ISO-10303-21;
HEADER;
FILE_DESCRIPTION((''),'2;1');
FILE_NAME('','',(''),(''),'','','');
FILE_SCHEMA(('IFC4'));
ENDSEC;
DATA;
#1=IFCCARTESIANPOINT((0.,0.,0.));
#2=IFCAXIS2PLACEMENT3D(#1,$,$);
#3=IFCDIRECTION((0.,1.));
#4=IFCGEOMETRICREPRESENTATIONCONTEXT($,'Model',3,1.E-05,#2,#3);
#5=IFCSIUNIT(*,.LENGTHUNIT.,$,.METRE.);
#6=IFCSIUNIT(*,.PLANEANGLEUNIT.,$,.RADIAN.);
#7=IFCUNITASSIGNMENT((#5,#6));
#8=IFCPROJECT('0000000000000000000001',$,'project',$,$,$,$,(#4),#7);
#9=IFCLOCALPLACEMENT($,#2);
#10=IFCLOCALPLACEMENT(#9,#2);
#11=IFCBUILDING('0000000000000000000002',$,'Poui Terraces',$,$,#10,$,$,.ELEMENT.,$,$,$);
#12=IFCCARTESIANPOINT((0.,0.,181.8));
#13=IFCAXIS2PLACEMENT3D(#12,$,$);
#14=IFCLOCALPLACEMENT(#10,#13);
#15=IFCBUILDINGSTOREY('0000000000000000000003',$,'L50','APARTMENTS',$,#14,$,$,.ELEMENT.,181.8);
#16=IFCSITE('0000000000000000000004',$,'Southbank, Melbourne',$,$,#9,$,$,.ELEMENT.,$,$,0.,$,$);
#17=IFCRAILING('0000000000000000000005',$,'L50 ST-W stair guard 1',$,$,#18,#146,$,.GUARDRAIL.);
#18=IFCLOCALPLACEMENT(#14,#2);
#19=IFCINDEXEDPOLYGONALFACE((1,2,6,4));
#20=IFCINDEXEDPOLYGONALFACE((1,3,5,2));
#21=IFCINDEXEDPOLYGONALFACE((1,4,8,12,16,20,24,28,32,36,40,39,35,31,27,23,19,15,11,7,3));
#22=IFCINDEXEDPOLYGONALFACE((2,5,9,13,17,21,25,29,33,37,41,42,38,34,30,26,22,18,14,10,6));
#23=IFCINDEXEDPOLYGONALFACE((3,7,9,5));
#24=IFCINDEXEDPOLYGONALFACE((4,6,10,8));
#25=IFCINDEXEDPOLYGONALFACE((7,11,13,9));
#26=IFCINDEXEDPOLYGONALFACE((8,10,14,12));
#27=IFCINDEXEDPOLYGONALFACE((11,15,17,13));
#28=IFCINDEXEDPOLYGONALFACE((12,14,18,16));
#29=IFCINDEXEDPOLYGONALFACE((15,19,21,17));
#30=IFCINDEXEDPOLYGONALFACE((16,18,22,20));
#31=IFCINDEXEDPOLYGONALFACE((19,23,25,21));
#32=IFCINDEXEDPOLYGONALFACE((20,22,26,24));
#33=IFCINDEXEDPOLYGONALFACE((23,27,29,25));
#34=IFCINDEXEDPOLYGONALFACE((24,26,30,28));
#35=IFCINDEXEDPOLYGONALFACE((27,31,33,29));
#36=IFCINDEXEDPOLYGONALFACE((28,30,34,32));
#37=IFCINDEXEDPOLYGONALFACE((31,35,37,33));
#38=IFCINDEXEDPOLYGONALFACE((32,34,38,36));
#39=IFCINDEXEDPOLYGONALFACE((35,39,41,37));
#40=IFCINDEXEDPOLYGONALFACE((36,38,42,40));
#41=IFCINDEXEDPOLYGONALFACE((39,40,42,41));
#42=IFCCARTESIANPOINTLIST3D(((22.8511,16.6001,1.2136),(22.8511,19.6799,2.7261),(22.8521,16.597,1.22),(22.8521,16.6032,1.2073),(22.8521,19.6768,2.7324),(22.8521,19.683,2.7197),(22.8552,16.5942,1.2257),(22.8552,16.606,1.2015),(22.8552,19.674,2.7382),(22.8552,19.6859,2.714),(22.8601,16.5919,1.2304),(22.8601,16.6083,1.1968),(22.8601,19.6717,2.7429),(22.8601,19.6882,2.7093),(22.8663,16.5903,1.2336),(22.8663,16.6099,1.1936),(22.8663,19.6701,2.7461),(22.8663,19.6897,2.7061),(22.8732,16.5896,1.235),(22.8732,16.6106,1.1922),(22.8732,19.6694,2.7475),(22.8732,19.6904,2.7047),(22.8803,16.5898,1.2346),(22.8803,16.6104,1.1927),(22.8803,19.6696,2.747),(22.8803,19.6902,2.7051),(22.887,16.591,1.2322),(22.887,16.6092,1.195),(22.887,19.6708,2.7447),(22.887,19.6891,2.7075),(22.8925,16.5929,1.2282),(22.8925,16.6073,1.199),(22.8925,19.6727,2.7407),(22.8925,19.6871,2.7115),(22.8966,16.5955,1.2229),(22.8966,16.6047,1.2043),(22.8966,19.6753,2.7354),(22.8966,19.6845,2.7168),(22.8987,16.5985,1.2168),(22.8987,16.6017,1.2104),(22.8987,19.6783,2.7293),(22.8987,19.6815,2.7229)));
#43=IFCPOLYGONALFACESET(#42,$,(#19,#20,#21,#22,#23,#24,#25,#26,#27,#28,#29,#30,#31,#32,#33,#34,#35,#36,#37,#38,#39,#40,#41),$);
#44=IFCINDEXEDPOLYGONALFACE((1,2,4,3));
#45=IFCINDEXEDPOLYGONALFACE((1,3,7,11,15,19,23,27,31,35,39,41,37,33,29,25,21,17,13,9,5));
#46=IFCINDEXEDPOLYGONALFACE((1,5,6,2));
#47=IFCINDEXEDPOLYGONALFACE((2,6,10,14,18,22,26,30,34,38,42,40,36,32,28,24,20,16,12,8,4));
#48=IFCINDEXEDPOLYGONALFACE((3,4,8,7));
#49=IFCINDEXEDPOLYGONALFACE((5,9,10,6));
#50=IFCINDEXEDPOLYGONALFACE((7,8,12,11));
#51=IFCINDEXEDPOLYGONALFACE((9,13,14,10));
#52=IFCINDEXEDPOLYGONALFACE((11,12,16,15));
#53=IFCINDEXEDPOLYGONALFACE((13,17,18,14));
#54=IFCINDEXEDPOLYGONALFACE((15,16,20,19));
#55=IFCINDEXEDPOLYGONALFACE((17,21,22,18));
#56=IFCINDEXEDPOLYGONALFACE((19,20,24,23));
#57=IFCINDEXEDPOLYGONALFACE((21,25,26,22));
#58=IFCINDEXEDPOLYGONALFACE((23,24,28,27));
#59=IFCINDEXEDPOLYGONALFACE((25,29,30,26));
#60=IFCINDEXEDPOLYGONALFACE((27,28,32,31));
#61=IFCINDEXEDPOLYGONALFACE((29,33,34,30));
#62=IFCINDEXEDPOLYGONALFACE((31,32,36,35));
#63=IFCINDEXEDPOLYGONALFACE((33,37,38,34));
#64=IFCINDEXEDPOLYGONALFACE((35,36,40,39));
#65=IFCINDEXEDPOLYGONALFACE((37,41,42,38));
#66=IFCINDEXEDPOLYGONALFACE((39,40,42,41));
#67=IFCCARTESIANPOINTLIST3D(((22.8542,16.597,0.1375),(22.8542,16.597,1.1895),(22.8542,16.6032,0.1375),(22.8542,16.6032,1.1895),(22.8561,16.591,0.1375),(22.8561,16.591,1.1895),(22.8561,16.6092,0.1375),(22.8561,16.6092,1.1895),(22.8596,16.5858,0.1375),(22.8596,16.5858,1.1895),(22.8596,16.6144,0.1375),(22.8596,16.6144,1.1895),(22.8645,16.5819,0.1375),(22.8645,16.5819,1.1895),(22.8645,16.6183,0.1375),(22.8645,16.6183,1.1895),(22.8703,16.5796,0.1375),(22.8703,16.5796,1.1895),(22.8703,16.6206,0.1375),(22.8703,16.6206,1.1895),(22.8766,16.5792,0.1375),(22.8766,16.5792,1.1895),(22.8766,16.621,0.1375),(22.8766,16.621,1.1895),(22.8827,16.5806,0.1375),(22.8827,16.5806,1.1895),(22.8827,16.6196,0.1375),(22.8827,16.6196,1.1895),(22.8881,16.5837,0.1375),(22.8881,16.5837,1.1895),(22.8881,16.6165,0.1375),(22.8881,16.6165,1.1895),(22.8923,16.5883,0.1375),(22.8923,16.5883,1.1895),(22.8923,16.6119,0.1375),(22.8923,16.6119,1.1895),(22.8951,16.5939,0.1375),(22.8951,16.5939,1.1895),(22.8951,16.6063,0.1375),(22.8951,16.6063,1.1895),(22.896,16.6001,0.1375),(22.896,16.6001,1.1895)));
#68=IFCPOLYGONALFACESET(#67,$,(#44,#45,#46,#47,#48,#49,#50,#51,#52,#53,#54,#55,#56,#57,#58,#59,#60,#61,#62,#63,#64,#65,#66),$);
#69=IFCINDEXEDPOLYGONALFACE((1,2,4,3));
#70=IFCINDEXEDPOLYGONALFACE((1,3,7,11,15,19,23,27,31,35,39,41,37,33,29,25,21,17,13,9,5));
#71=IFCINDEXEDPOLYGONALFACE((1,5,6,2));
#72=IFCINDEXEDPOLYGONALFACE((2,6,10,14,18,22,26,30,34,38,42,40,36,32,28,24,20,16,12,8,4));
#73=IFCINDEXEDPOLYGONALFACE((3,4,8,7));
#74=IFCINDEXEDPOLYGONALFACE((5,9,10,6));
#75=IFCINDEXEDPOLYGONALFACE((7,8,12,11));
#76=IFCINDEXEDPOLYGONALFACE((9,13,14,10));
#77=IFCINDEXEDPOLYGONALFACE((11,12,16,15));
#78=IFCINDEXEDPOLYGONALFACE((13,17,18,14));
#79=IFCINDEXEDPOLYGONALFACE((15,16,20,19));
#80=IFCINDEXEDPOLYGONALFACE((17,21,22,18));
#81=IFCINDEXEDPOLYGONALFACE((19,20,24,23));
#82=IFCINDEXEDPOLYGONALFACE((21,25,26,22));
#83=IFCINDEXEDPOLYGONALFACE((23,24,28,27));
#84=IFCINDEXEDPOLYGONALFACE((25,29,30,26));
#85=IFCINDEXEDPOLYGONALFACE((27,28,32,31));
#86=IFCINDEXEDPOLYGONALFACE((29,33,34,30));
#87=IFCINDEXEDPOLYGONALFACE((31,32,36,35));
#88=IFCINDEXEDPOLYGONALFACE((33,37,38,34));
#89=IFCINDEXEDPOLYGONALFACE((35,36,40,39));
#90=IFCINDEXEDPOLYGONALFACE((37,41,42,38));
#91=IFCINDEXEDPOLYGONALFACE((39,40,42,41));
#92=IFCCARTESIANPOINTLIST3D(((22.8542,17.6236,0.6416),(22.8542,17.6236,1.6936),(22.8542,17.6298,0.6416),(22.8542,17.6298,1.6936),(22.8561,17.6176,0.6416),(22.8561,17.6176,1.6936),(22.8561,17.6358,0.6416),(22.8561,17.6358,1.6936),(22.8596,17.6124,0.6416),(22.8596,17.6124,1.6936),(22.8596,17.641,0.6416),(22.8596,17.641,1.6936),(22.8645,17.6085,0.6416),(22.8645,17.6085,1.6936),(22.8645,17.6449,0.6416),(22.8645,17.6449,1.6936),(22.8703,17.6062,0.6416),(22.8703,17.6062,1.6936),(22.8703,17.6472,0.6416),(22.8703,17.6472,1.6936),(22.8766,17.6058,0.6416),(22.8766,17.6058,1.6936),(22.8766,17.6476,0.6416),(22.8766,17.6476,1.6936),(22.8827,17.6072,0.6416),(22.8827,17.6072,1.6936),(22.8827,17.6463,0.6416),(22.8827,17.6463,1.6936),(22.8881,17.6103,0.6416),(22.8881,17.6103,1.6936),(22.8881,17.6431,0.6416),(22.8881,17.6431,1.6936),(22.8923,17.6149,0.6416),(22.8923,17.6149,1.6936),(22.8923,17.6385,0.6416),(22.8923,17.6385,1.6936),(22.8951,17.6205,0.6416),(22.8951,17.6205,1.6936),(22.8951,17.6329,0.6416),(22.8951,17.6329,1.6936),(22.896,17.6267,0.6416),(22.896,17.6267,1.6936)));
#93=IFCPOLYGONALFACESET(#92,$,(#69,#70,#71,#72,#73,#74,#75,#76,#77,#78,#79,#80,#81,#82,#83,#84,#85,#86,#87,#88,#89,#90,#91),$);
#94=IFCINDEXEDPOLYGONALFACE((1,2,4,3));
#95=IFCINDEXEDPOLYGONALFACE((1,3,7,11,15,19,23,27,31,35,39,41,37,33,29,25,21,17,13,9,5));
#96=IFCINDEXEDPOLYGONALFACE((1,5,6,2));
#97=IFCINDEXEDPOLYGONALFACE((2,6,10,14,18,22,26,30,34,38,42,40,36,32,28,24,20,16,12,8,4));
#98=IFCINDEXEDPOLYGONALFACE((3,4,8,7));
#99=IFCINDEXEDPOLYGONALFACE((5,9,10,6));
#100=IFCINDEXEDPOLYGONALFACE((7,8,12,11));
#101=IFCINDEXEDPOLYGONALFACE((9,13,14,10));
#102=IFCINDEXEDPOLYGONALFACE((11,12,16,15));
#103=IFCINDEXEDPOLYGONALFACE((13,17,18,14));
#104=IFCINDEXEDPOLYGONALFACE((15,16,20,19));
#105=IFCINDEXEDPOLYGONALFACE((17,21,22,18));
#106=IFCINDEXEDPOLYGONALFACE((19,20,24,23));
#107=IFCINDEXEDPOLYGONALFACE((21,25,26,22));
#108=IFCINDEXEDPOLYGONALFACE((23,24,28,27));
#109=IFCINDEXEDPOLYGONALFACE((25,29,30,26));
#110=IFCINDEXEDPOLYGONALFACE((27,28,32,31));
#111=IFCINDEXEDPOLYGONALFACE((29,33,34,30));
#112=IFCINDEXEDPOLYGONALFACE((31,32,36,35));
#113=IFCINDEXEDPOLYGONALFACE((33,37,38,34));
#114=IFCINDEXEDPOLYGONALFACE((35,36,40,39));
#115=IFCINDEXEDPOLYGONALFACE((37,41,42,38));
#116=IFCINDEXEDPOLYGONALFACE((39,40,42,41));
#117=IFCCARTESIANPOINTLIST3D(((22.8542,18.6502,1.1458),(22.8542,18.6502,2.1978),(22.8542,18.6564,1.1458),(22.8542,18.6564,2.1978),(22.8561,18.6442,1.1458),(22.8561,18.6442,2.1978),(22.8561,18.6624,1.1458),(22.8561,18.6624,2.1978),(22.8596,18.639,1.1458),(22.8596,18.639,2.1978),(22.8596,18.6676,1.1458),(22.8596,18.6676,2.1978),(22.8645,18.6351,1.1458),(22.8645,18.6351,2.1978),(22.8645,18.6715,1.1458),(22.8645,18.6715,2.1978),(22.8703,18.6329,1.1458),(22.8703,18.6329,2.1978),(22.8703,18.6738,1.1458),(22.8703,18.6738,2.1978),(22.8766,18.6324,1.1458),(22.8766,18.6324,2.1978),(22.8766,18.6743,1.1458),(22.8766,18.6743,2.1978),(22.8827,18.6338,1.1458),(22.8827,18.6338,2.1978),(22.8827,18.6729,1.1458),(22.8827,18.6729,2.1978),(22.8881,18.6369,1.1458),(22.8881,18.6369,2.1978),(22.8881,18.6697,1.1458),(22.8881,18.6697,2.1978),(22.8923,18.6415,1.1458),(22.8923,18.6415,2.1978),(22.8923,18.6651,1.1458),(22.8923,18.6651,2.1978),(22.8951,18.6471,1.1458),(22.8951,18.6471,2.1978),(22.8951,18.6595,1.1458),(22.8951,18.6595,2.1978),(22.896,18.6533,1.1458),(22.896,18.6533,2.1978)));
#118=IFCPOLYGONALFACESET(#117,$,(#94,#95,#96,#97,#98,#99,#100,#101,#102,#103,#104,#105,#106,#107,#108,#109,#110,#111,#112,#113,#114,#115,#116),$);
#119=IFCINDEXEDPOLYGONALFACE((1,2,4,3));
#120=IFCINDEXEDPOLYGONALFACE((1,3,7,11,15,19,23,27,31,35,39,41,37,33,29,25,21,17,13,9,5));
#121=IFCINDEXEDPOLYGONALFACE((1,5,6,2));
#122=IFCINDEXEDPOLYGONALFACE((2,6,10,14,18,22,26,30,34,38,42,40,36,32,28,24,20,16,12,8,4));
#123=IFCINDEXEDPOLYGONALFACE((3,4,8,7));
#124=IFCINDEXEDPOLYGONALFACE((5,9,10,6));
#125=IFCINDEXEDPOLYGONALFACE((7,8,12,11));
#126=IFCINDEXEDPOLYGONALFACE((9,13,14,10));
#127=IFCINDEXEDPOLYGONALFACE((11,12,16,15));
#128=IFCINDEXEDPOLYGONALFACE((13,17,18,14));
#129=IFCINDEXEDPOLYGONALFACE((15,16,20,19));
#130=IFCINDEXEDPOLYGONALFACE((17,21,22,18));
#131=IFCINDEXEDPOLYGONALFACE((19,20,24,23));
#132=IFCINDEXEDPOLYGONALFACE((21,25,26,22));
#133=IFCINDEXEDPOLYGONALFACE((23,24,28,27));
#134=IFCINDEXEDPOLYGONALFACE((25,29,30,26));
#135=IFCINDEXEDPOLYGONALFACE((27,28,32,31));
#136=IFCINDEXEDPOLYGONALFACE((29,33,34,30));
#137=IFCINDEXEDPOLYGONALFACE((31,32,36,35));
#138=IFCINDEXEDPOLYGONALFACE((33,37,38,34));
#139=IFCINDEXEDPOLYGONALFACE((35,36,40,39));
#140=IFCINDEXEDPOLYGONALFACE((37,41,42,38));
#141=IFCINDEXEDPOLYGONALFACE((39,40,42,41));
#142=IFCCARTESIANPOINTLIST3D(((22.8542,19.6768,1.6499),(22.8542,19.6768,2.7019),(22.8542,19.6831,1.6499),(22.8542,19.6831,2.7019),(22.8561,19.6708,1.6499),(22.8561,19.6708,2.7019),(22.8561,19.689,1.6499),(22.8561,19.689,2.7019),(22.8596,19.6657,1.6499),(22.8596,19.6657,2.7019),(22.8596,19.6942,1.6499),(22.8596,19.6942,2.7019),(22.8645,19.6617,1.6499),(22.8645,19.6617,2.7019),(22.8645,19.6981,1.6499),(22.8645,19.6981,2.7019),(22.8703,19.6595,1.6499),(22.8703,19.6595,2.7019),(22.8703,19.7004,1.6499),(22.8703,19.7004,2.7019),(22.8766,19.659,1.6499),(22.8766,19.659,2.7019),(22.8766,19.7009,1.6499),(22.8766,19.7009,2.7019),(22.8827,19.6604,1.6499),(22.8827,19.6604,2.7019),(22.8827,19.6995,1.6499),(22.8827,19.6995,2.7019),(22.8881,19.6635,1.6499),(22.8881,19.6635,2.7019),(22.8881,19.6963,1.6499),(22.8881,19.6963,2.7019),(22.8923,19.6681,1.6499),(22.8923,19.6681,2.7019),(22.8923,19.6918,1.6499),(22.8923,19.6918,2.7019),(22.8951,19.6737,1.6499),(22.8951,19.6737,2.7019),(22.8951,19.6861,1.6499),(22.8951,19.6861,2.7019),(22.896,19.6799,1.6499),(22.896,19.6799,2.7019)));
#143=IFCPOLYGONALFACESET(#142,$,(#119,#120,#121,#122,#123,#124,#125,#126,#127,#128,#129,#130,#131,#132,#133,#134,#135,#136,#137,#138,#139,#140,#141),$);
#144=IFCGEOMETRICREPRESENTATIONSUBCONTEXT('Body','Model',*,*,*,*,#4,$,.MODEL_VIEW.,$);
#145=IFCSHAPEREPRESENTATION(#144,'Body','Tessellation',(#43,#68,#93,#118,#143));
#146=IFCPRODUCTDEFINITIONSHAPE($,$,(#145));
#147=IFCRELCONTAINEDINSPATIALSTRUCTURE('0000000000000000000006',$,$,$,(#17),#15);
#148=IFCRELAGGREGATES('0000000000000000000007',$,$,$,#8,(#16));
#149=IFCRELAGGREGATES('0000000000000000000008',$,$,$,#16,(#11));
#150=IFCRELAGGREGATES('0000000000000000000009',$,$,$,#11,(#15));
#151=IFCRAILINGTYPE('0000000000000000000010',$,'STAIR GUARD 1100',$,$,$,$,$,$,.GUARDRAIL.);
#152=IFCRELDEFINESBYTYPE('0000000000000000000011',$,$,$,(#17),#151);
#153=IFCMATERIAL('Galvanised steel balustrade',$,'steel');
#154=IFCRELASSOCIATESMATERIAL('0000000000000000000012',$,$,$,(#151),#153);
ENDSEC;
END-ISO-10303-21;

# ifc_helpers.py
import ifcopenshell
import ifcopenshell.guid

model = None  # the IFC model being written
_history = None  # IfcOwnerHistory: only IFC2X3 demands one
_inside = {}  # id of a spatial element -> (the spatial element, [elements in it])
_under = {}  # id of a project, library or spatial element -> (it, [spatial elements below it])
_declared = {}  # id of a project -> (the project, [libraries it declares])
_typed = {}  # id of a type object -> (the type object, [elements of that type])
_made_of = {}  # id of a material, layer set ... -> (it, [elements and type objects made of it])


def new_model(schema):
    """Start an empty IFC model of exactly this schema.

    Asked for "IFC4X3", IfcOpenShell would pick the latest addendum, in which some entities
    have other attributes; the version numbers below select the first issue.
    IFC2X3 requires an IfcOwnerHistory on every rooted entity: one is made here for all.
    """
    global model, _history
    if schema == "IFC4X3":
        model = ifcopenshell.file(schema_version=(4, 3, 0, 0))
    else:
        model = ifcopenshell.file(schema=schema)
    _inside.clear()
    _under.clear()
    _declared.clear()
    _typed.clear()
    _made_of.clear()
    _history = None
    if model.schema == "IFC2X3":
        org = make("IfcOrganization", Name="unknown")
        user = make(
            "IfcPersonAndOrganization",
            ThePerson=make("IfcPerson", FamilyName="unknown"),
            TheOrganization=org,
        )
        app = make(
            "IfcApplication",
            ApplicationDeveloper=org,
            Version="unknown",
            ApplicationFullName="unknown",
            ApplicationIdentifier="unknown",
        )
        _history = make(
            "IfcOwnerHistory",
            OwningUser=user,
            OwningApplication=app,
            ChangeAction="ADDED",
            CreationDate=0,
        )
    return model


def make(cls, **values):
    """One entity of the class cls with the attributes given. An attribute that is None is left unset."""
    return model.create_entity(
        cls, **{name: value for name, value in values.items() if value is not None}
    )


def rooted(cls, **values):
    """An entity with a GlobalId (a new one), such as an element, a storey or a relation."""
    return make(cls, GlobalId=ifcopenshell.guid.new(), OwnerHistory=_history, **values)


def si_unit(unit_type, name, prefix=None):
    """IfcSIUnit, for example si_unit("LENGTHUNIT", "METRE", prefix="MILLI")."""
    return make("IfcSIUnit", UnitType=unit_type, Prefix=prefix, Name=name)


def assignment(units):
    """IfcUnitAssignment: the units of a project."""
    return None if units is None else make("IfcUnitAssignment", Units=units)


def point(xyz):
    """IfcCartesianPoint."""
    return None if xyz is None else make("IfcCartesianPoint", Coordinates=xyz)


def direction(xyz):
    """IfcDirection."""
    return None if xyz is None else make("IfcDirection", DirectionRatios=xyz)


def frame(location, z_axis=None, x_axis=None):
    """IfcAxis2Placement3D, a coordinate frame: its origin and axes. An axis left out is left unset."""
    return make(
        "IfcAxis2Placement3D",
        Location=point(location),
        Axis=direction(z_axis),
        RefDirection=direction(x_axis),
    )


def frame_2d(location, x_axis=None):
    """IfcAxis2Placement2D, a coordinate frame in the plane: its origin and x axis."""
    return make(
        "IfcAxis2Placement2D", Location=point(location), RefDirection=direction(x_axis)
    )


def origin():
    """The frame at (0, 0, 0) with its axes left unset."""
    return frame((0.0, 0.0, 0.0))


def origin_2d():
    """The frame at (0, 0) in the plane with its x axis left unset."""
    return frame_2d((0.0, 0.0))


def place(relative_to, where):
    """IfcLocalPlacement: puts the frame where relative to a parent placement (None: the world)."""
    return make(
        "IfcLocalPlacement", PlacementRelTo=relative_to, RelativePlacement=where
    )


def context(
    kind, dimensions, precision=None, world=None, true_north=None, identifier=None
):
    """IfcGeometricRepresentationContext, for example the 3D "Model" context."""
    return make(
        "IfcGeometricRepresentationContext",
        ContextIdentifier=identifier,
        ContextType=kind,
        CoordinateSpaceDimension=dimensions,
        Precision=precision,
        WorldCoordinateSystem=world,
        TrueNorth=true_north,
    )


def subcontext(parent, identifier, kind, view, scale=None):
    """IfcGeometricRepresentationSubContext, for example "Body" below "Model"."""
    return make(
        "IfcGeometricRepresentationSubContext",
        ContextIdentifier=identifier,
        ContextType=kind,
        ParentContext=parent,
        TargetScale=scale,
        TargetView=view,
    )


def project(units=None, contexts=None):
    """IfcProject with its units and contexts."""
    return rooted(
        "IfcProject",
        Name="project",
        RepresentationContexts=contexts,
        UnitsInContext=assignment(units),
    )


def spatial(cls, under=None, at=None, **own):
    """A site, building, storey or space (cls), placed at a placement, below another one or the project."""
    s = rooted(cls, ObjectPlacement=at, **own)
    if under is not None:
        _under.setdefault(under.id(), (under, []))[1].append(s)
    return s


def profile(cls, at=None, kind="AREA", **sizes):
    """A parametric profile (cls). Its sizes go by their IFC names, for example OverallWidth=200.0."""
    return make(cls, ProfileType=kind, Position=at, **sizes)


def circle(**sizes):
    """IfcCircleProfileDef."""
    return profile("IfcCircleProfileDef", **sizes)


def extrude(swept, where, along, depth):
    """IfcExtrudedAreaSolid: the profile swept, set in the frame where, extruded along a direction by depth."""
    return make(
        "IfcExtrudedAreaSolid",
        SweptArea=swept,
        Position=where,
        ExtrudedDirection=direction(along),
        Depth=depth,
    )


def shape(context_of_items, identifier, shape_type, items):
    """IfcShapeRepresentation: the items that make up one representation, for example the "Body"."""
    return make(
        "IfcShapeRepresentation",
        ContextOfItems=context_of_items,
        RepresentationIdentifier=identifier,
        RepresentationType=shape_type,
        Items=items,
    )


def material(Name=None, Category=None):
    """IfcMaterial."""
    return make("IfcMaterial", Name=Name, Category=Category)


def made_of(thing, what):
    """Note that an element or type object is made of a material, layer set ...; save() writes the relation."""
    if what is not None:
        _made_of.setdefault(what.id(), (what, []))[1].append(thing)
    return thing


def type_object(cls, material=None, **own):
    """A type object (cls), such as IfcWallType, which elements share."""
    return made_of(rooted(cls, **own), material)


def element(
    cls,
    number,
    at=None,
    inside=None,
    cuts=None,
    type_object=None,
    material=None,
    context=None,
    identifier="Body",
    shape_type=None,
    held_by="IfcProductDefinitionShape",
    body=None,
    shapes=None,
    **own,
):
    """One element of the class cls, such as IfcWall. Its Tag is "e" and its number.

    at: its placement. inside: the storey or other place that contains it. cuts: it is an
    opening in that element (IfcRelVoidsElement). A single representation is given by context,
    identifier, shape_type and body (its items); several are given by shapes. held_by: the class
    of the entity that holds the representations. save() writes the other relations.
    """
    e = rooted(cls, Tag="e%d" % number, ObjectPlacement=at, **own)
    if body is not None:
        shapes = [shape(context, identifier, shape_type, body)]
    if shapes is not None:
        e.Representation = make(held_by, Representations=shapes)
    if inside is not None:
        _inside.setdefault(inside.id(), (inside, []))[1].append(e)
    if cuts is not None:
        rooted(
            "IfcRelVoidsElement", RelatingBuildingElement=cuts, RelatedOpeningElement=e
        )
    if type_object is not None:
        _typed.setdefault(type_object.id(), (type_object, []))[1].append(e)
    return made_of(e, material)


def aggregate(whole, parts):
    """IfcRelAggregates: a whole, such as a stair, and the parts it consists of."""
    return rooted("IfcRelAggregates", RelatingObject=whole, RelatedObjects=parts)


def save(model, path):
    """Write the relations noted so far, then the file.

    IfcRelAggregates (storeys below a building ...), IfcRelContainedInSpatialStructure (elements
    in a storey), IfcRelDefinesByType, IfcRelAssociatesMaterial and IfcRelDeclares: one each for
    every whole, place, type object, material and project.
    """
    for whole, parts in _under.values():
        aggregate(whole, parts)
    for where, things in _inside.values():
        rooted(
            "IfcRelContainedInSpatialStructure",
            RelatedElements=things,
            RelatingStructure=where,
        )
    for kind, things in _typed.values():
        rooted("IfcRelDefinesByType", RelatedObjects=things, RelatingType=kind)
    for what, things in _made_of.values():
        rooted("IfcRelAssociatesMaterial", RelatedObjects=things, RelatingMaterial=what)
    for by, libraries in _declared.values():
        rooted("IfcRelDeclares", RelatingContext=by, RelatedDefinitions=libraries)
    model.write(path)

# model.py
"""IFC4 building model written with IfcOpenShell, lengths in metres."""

from ifc_helpers import new_model, si_unit, direction, frame, origin, origin_2d, place, context, subcontext, project, spatial, circle, extrude, material, type_object, element, save


model = new_model("IFC4")

# Units and contexts
model_context = context("Model", 3, precision=1e-05, world=origin(), true_north=direction((0.0, 1.0)))
body_context = subcontext(model_context, "Body", "Model", "MODEL_VIEW")
ifc_project = project(units=[si_unit("LENGTHUNIT", "METRE"), si_unit("PLANEANGLEUNIT", "RADIAN")], contexts=[model_context])

# Site, building, storey
site_placement = place(None, origin())
site = spatial("IfcSite", under=ifc_project, at=site_placement, Name="Southbank, Melbourne", CompositionType="ELEMENT", RefElevation=0.0)
building_placement = place(site_placement, origin())
building = spatial("IfcBuilding", under=site, at=building_placement, Name="Poui Terraces", CompositionType="ELEMENT")
storey_placement = place(building_placement, frame((0.0, 0.0, 181.8)))
storey = spatial("IfcBuildingStorey", under=building, at=storey_placement, Name="L50", Description="APARTMENTS", CompositionType="ELEMENT", Elevation=181.8)

# Railing
ifc_material_1 = material(Name="Galvanised steel balustrade", Category="steel")
railing_type_1 = type_object("IfcRailingType", Name="STAIR GUARD 1100", PredefinedType="GUARDRAIL", material=ifc_material_1)
railing_1_placement = place(storey_placement, frame((22.875, 16.6001, 0.1375)))
element("IfcRailing", 1, at=railing_1_placement, inside=storey, type_object=railing_type_1, Name="L50 ST-W stair guard 1", PredefinedType="GUARDRAIL", context=body_context, shape_type="SweptSolid", body=[
    extrude(circle(Radius=0.0239, at=origin_2d()), frame((0.0, 0.0, 1.0762), z_axis=(0.0, 0.897606, 0.440798), x_axis=(-1.0, 0.0, 0.0)), (0.0, 0.0, 1.0), 3.4312),
    extrude(circle(Radius=0.021, at=origin_2d()), origin(), (0.0, 0.0, 1.0), 1.052),
    extrude(circle(Radius=0.021, at=origin_2d()), frame((0.0, 1.0266, 0.5042)), (0.0, 0.0, 1.0), 1.052),
    extrude(circle(Radius=0.021, at=origin_2d()), frame((0.0, 2.0532, 1.0083)), (0.0, 0.0, 1.0), 1.052),
    extrude(circle(Radius=0.021, at=origin_2d()), frame((0.0, 3.0798, 1.5125)), (0.0, 0.0, 1.0), 1.052),
])

save(model, "model.ifc")
